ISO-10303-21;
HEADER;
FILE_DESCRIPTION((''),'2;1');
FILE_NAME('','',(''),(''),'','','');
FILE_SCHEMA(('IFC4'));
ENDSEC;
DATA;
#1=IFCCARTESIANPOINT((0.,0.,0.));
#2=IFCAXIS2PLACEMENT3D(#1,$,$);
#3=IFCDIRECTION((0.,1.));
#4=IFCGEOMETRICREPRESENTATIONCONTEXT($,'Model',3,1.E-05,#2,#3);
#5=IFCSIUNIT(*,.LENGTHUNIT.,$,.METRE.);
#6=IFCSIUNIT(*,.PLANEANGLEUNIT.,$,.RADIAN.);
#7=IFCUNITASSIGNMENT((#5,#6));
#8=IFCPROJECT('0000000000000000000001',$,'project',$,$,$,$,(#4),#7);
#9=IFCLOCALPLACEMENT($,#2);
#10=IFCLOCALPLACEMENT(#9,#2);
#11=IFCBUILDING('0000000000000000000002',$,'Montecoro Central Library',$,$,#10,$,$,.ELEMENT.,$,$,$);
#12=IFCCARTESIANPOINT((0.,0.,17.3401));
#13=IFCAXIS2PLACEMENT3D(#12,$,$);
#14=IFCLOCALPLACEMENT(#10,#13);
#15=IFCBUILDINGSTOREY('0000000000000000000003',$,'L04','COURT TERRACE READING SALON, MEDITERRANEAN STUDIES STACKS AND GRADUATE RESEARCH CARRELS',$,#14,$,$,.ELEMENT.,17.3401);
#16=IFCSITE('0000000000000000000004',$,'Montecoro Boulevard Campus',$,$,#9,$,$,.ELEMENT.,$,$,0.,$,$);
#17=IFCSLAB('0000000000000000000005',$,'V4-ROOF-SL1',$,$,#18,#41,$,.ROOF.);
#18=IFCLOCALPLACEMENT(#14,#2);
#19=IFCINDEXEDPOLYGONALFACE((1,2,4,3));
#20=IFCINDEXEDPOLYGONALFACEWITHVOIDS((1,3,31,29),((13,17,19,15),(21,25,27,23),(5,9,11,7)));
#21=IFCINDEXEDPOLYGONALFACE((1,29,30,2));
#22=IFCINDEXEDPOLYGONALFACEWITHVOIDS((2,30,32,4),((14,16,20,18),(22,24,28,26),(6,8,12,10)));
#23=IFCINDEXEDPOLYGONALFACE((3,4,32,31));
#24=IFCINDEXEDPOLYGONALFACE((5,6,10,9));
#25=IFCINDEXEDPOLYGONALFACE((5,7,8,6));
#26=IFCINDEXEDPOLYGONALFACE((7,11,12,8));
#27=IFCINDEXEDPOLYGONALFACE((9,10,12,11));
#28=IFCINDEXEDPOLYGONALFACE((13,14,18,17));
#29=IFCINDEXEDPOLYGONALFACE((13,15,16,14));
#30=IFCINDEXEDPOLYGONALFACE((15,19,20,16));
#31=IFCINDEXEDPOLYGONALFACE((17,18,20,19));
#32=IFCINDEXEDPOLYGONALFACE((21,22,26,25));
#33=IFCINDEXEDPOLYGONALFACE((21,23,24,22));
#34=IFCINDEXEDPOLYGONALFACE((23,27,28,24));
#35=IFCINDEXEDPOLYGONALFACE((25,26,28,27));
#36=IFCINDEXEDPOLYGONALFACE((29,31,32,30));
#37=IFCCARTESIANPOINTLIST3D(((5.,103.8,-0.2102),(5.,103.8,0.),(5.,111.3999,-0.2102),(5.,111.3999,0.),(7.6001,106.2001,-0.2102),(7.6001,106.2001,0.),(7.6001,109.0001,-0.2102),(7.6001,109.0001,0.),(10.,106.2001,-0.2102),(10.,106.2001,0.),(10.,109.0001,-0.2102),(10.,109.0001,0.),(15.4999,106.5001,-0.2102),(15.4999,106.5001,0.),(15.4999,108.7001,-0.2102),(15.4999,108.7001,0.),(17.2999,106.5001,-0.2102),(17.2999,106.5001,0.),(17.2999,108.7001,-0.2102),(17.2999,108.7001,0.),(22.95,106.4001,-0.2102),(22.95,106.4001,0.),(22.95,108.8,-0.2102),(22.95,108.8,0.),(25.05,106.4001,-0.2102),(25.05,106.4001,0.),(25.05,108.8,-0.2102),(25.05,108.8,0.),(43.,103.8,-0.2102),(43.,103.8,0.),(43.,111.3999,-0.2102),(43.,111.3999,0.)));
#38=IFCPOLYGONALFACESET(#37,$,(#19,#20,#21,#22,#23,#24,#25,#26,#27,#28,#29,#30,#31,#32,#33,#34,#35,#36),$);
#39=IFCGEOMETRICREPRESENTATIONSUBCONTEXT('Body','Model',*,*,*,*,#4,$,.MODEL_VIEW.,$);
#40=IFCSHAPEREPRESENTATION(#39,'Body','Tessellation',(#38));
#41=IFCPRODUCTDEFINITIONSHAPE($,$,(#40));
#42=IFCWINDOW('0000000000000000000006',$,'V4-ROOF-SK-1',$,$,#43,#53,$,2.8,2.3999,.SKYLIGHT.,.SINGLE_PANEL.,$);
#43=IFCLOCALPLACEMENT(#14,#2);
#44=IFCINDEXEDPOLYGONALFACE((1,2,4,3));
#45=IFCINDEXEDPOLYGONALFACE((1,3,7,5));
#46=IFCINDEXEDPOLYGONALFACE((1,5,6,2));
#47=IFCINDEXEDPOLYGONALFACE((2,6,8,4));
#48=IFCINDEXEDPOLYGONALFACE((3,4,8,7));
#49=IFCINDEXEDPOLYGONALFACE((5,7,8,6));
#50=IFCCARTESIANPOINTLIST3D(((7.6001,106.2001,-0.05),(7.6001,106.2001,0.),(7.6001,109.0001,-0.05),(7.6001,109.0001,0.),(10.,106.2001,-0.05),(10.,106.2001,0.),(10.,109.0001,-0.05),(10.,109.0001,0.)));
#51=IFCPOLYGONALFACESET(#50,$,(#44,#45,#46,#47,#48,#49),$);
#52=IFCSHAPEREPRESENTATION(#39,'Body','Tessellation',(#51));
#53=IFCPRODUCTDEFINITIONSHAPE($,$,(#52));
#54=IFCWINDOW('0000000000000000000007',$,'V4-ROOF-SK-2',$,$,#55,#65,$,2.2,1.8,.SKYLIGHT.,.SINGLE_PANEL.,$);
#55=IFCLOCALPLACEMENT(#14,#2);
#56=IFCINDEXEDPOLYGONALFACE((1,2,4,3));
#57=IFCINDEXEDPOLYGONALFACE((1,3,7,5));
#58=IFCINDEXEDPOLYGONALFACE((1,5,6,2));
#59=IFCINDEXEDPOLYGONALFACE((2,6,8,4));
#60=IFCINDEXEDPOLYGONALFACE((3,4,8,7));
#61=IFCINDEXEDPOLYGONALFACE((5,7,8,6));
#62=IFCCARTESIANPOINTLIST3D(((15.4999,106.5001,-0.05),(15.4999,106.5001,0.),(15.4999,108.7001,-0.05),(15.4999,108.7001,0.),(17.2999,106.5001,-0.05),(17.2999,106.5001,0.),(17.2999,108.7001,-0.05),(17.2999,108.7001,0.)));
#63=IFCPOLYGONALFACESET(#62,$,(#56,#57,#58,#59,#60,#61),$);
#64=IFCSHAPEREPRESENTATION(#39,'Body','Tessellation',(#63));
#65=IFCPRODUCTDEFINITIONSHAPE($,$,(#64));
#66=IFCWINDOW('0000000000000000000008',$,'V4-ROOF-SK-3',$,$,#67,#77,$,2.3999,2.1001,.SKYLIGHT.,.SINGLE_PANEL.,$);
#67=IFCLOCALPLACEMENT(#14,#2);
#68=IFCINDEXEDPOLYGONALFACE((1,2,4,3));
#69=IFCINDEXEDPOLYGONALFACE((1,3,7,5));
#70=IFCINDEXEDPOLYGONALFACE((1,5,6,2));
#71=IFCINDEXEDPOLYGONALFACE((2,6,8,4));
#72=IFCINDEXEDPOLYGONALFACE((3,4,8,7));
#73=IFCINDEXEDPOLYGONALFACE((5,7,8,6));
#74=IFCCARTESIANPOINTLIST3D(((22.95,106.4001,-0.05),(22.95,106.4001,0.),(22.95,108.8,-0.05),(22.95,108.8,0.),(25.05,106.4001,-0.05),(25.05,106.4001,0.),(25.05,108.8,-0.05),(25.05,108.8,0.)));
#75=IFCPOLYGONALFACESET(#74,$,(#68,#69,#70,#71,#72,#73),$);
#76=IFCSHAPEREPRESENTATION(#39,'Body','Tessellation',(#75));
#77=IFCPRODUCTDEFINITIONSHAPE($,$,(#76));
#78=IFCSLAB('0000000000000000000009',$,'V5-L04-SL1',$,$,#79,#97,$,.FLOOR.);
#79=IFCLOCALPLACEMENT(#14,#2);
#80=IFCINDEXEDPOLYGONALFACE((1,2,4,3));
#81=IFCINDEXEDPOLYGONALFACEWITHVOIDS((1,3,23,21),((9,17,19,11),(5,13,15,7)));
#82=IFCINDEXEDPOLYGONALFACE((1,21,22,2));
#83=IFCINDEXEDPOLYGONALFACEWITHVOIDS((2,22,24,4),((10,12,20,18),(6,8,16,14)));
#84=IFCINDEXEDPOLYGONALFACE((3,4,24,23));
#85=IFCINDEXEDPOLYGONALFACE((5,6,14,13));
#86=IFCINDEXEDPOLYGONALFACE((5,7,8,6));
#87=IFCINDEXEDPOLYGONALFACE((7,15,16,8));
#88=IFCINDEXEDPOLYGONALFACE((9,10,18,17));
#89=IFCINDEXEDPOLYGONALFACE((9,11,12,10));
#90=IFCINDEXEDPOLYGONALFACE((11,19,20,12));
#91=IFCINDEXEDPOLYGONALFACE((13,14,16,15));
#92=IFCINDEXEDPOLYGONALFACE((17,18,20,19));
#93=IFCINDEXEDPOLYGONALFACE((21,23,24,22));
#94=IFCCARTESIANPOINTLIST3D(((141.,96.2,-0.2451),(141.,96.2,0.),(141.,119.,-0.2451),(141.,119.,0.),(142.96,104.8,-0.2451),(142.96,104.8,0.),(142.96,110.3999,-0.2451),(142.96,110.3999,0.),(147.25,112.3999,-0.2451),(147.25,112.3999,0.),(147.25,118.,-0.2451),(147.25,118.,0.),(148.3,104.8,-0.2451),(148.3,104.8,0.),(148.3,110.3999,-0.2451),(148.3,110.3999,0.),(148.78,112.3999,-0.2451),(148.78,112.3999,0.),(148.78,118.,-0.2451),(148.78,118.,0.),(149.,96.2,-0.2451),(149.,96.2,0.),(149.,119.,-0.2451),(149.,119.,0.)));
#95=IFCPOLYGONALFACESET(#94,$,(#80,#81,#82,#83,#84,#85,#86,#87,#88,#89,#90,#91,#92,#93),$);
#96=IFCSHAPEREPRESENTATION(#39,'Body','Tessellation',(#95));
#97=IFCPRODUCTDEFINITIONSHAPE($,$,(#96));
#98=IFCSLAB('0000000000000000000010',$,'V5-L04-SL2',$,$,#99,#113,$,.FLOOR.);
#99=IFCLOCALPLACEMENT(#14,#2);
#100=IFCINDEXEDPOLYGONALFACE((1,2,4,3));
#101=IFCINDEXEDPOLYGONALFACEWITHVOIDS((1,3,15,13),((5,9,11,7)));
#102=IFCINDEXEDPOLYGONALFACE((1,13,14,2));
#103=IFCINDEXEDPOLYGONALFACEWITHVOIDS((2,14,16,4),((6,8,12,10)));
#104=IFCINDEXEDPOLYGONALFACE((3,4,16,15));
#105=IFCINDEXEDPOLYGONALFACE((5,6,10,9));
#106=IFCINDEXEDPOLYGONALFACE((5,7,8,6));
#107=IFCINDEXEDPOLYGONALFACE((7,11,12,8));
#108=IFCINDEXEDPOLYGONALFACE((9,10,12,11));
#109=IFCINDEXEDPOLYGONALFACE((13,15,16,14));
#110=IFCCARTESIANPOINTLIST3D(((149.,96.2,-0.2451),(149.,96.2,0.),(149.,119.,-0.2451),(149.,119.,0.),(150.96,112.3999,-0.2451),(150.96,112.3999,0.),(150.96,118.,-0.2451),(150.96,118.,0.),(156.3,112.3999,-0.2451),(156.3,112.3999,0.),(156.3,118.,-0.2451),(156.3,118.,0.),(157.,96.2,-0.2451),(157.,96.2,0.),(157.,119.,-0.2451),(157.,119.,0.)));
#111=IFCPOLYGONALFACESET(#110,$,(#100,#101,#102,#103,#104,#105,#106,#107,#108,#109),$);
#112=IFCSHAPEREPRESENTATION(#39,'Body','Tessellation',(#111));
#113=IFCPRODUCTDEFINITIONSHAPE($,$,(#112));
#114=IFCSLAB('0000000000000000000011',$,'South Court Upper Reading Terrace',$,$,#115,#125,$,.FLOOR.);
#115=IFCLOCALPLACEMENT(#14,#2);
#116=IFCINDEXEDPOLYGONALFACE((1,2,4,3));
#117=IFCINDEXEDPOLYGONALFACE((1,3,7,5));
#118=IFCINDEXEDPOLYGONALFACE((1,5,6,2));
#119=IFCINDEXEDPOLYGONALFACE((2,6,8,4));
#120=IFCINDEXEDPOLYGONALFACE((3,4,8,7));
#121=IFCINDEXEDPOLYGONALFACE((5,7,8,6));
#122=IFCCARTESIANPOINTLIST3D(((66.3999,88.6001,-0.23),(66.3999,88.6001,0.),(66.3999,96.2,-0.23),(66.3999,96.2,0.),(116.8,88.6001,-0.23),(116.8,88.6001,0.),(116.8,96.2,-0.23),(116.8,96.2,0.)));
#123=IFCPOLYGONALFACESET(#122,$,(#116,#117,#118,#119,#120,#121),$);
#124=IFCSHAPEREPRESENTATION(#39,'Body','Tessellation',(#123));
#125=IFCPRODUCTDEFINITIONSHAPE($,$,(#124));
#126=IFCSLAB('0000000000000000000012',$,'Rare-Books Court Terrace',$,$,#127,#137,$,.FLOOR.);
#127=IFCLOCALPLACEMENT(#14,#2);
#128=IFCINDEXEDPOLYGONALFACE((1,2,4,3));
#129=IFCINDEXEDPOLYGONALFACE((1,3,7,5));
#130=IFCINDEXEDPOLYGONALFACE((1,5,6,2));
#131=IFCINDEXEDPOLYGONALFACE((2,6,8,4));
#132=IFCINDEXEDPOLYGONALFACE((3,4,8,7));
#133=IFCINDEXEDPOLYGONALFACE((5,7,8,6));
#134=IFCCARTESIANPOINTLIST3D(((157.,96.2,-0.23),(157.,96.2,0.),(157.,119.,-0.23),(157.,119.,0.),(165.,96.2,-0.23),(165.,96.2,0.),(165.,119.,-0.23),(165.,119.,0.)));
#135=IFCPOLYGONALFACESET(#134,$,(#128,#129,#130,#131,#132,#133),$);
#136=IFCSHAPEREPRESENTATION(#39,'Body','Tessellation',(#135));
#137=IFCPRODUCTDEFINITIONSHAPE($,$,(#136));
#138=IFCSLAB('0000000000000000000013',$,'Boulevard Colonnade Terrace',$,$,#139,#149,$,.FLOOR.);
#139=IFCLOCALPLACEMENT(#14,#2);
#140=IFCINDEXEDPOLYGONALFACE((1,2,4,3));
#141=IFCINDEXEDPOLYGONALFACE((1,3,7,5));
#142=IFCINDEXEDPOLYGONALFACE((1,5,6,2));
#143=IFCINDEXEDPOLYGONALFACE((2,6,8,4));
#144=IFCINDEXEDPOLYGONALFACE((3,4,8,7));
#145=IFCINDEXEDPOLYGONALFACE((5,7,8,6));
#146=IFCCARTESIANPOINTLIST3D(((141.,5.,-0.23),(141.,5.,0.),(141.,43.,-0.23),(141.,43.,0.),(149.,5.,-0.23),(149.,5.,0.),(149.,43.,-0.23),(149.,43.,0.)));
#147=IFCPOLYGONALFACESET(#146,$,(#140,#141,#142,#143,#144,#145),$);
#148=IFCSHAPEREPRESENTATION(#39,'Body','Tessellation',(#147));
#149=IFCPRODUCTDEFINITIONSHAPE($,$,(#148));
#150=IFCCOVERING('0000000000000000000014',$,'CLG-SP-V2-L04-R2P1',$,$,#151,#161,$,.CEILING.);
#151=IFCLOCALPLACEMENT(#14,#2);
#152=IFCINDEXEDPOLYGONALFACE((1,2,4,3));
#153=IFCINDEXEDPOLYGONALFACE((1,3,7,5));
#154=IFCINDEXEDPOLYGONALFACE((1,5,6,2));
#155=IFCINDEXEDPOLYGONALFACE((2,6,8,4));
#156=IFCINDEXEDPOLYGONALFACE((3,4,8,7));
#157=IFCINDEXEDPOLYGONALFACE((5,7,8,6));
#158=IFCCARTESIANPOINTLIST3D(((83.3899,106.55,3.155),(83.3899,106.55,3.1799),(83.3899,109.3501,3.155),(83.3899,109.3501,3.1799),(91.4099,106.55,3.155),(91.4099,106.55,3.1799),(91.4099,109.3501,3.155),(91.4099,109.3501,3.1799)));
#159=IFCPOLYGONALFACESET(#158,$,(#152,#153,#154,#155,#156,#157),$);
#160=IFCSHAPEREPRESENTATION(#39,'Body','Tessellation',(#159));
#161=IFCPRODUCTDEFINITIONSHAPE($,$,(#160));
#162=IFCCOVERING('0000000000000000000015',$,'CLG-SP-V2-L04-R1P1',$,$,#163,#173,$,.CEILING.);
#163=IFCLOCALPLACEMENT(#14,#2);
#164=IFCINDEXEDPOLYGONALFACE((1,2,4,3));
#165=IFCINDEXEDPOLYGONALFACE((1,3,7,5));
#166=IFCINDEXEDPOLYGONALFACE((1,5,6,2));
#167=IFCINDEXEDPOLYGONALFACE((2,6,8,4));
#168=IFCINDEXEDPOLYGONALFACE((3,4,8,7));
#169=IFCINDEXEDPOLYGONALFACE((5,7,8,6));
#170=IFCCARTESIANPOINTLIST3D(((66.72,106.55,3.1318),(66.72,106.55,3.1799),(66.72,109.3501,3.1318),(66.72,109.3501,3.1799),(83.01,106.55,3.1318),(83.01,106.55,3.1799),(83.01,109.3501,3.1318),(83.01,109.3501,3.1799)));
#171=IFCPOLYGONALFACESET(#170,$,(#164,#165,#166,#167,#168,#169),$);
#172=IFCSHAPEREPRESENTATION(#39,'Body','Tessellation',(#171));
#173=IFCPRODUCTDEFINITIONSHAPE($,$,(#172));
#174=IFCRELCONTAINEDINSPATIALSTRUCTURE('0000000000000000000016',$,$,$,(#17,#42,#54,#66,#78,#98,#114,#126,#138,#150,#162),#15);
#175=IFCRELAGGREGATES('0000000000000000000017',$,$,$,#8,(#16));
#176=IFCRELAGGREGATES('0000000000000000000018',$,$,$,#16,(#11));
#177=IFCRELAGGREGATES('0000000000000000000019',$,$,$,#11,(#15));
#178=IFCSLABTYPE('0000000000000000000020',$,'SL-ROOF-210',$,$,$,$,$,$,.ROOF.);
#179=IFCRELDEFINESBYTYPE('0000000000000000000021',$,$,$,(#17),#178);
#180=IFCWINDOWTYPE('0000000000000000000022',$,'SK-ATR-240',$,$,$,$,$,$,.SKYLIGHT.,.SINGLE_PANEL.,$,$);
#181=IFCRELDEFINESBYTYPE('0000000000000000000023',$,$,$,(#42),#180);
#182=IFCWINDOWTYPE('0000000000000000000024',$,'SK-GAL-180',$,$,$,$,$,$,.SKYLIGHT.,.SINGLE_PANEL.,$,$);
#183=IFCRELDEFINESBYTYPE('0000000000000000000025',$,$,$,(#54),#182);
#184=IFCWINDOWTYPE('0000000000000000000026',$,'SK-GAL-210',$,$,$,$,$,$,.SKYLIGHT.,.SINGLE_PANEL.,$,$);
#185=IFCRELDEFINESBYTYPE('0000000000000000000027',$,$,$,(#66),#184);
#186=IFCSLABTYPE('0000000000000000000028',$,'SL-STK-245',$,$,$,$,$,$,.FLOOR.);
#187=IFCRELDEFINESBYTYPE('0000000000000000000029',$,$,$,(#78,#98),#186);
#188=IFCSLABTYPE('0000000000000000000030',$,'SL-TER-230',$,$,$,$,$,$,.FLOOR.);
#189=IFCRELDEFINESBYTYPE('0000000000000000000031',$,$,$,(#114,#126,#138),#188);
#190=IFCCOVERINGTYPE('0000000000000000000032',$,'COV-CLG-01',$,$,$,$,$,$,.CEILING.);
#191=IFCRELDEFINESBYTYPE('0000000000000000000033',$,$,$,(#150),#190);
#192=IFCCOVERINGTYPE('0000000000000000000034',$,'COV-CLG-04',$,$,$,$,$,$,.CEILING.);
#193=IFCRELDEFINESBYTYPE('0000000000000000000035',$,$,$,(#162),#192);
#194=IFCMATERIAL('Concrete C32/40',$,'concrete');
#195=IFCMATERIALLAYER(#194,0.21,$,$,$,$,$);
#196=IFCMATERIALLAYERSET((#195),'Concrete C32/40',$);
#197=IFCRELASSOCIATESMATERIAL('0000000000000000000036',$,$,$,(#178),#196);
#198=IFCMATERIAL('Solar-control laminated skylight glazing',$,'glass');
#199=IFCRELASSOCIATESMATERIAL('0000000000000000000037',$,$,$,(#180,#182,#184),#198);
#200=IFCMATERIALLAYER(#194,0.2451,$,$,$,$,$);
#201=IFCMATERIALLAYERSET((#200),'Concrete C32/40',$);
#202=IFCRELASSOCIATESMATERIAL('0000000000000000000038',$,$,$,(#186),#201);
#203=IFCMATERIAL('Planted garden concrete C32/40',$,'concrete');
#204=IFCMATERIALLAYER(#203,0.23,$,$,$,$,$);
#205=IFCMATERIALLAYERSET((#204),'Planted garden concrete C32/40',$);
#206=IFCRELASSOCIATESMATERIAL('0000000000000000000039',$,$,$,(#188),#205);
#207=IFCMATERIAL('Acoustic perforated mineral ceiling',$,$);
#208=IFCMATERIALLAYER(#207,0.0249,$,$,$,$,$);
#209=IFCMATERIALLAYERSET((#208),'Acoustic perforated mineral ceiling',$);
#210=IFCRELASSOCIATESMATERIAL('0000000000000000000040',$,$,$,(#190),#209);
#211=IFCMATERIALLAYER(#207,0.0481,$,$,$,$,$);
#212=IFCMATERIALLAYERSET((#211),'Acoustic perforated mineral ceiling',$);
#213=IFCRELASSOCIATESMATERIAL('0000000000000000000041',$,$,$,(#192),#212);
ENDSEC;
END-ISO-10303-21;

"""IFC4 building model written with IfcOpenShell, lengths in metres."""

from ifc_helpers import new_model, si_unit, direction, frame, origin, origin_2d, place, context, subcontext, project, spatial, polyline, rectangle, outline, extrude, material, layer, layer_set, type_object, element, fill, save


model = new_model("IFC4")

# Units and contexts
model_context = context("Model", 3, precision=1e-05, world=origin(), true_north=direction((0.0, 1.0)))
body_context = subcontext(model_context, "Body", "Model", "MODEL_VIEW")
ifc_project = project(units=[si_unit("LENGTHUNIT", "METRE"), si_unit("PLANEANGLEUNIT", "RADIAN")], contexts=[model_context])

# Site, building, storey
site_placement = place(None, origin())
site = spatial("IfcSite", under=ifc_project, at=site_placement, Name="Montecoro Boulevard Campus", CompositionType="ELEMENT", RefElevation=0.0)
building_placement = place(site_placement, origin())
building = spatial("IfcBuilding", under=site, at=building_placement, Name="Montecoro Central Library", CompositionType="ELEMENT")
storey_placement = place(building_placement, frame((0.0, 0.0, 17.3401)))
storey = spatial("IfcBuildingStorey", under=building, at=storey_placement, Name="L04", Description="COURT TERRACE READING SALON, MEDITERRANEAN STUDIES STACKS AND GRADUATE RESEARCH CARRELS", CompositionType="ELEMENT", Elevation=17.3401)

# Shared definitions
ifc_material_1 = material(Name="Concrete C32/40", Category="concrete")

# Slab, openings, windows
ifc_layer_1 = layer(ifc_material_1, 0.21)
ifc_layer_set_1 = layer_set([ifc_layer_1], Name="Concrete C32/40")
slab_type_1 = type_object("IfcSlabType", Name="SL-ROOF-210", PredefinedType="ROOF", material=ifc_layer_set_1)
slab_1_placement = place(storey_placement, frame((0.0, 0.0, -0.2102)))
slab_1 = element("IfcSlab", 1, at=slab_1_placement, inside=storey, type_object=slab_type_1, Name="V4-ROOF-SL1", PredefinedType="ROOF", context=body_context, shape_type="SweptSolid", body=[
    extrude(outline(polyline([(5.0, 103.8), (43.0, 103.8), (43.0, 111.3999), (5.0, 111.3999), (5.0, 103.8)])), origin(), (0.0, 0.0, 1.0), 0.2102),
])
opening_1_placement = place(slab_1_placement, frame((8.8, 107.6001, 0.0)))
opening_1 = element("IfcOpeningElement", 2, at=opening_1_placement, cuts=slab_1, PredefinedType="OPENING", context=body_context, shape_type="SweptSolid", body=[
    extrude(rectangle(XDim=2.3999, YDim=2.8, at=origin_2d()), frame((0.0, 0.0, -0.01)), (0.0, 0.0, 1.0), 0.2302),
])
opening_2_placement = place(slab_1_placement, frame((16.3999, 107.6001, 0.0)))
opening_2 = element("IfcOpeningElement", 3, at=opening_2_placement, cuts=slab_1, PredefinedType="OPENING", context=body_context, shape_type="SweptSolid", body=[
    extrude(rectangle(XDim=1.8, YDim=2.2, at=origin_2d()), frame((0.0, 0.0, -0.01)), (0.0, 0.0, 1.0), 0.2302),
])
opening_3_placement = place(slab_1_placement, frame((24.0, 107.6001, 0.0)))
opening_3 = element("IfcOpeningElement", 4, at=opening_3_placement, cuts=slab_1, PredefinedType="OPENING", context=body_context, shape_type="SweptSolid", body=[
    extrude(rectangle(XDim=2.1001, YDim=2.3999, at=origin_2d()), frame((0.0, 0.0, -0.01)), (0.0, 0.0, 1.0), 0.2302),
])
ifc_material_2 = material(Name="Solar-control laminated skylight glazing", Category="glass")
window_type_1 = type_object("IfcWindowType", Name="SK-ATR-240", PartitioningType="SINGLE_PANEL", PredefinedType="SKYLIGHT", material=ifc_material_2)
window_1_placement = place(opening_1_placement, frame((0.0, 0.0, 0.1602)))
window_1 = element("IfcWindow", 5, at=window_1_placement, inside=storey, type_object=window_type_1, Name="V4-ROOF-SK-1", OverallHeight=2.8, OverallWidth=2.3999, PartitioningType="SINGLE_PANEL", PredefinedType="SKYLIGHT", context=body_context, shape_type="SweptSolid", body=[
    extrude(rectangle(XDim=2.3999, YDim=2.8, at=origin_2d()), origin(), (0.0, 0.0, 1.0), 0.05),
])
fill(opening_1, window_1)
window_type_2 = type_object("IfcWindowType", Name="SK-GAL-180", PartitioningType="SINGLE_PANEL", PredefinedType="SKYLIGHT", material=ifc_material_2)
window_2_placement = place(opening_2_placement, frame((0.0, 0.0, 0.1602)))
window_2 = element("IfcWindow", 6, at=window_2_placement, inside=storey, type_object=window_type_2, Name="V4-ROOF-SK-2", OverallHeight=2.2, OverallWidth=1.8, PartitioningType="SINGLE_PANEL", PredefinedType="SKYLIGHT", context=body_context, shape_type="SweptSolid", body=[
    extrude(rectangle(XDim=1.8, YDim=2.2, at=origin_2d()), origin(), (0.0, 0.0, 1.0), 0.05),
])
fill(opening_2, window_2)
window_type_3 = type_object("IfcWindowType", Name="SK-GAL-210", PartitioningType="SINGLE_PANEL", PredefinedType="SKYLIGHT", material=ifc_material_2)
window_3_placement = place(opening_3_placement, frame((0.0, 0.0, 0.1602)))
window_3 = element("IfcWindow", 7, at=window_3_placement, inside=storey, type_object=window_type_3, Name="V4-ROOF-SK-3", OverallHeight=2.3999, OverallWidth=2.1001, PartitioningType="SINGLE_PANEL", PredefinedType="SKYLIGHT", context=body_context, shape_type="SweptSolid", body=[
    extrude(rectangle(XDim=2.1001, YDim=2.3999, at=origin_2d()), origin(), (0.0, 0.0, 1.0), 0.05),
])
fill(opening_3, window_3)

# Slabs
ifc_layer_2 = layer(ifc_material_1, 0.2451)
ifc_layer_set_2 = layer_set([ifc_layer_2], Name="Concrete C32/40")
slab_type_2 = type_object("IfcSlabType", Name="SL-STK-245", PredefinedType="FLOOR", material=ifc_layer_set_2)
slab_2_placement = place(storey_placement, frame((0.0, 0.0, -0.2451)))
element("IfcSlab", 8, at=slab_2_placement, inside=storey, type_object=slab_type_2, Name="V5-L04-SL1", PredefinedType="FLOOR", context=body_context, shape_type="SweptSolid", body=[
    extrude(outline(polyline([(141.0, 96.2), (149.0, 96.2), (149.0, 119.0), (141.0, 119.0), (141.0, 96.2)]), holes=[polyline([(147.25, 118.0), (148.78, 118.0), (148.78, 112.3999), (147.25, 112.3999), (147.25, 118.0)]), polyline([(142.96, 110.3999), (148.3, 110.3999), (148.3, 104.8), (142.96, 104.8), (142.96, 110.3999)])]), origin(), (0.0, 0.0, 1.0), 0.2451),
])
slab_3_placement = place(storey_placement, frame((0.0, 0.0, -0.2451)))
element("IfcSlab", 9, at=slab_3_placement, inside=storey, type_object=slab_type_2, Name="V5-L04-SL2", PredefinedType="FLOOR", context=body_context, shape_type="SweptSolid", body=[
    extrude(outline(polyline([(149.0, 96.2), (157.0, 96.2), (157.0, 119.0), (149.0, 119.0), (149.0, 96.2)]), holes=[polyline([(150.96, 118.0), (156.3, 118.0), (156.3, 112.3999), (150.96, 112.3999), (150.96, 118.0)])]), origin(), (0.0, 0.0, 1.0), 0.2451),
])
ifc_material_3 = material(Name="Planted garden concrete C32/40", Category="concrete")
ifc_layer_3 = layer(ifc_material_3, 0.23)
ifc_layer_set_3 = layer_set([ifc_layer_3], Name="Planted garden concrete C32/40")
slab_type_3 = type_object("IfcSlabType", Name="SL-TER-230", PredefinedType="FLOOR", material=ifc_layer_set_3)
slab_4_placement = place(storey_placement, frame((0.0, 0.0, -0.23)))
element("IfcSlab", 10, at=slab_4_placement, inside=storey, type_object=slab_type_3, Name="South Court Upper Reading Terrace", PredefinedType="FLOOR", context=body_context, shape_type="SweptSolid", body=[
    extrude(outline(polyline([(66.3999, 88.6001), (116.8, 88.6001), (116.8, 96.2), (66.3999, 96.2), (66.3999, 88.6001)])), origin(), (0.0, 0.0, 1.0), 0.23),
])
slab_5_placement = place(storey_placement, frame((0.0, 0.0, -0.23)))
element("IfcSlab", 11, at=slab_5_placement, inside=storey, type_object=slab_type_3, Name="Rare-Books Court Terrace", PredefinedType="FLOOR", context=body_context, shape_type="SweptSolid", body=[
    extrude(outline(polyline([(157.0, 96.2), (165.0, 96.2), (165.0, 119.0), (157.0, 119.0), (157.0, 96.2)])), origin(), (0.0, 0.0, 1.0), 0.23),
])
slab_6_placement = place(storey_placement, frame((0.0, 0.0, -0.23)))
element("IfcSlab", 12, at=slab_6_placement, inside=storey, type_object=slab_type_3, Name="Boulevard Colonnade Terrace", PredefinedType="FLOOR", context=body_context, shape_type="SweptSolid", body=[
    extrude(outline(polyline([(141.0, 5.0), (149.0, 5.0), (149.0, 43.0), (141.0, 43.0), (141.0, 5.0)])), origin(), (0.0, 0.0, 1.0), 0.23),
])

# Coverings
ifc_material_4 = material(Name="Acoustic perforated mineral ceiling")
ifc_layer_4 = layer(ifc_material_4, 0.0249)
ifc_layer_set_4 = layer_set([ifc_layer_4], Name="Acoustic perforated mineral ceiling")
covering_type_1 = type_object("IfcCoveringType", Name="COV-CLG-01", PredefinedType="CEILING", material=ifc_layer_set_4)
covering_1_placement = place(storey_placement, frame((0.0, 0.0, 3.155)))
element("IfcCovering", 13, at=covering_1_placement, inside=storey, type_object=covering_type_1, Name="CLG-SP-V2-L04-R2P1", PredefinedType="CEILING", context=body_context, shape_type="SweptSolid", body=[
    extrude(outline(polyline([(83.3899, 106.55), (91.4099, 106.55), (91.4099, 109.3501), (83.3899, 109.3501), (83.3899, 106.55)])), origin(), (0.0, 0.0, 1.0), 0.0249),
])
ifc_layer_5 = layer(ifc_material_4, 0.0481)
ifc_layer_set_5 = layer_set([ifc_layer_5], Name="Acoustic perforated mineral ceiling")
covering_type_2 = type_object("IfcCoveringType", Name="COV-CLG-04", PredefinedType="CEILING", material=ifc_layer_set_5)
covering_2_placement = place(storey_placement, frame((0.0, 0.0, 3.1318)))
element("IfcCovering", 14, at=covering_2_placement, inside=storey, type_object=covering_type_2, Name="CLG-SP-V2-L04-R1P1", PredefinedType="CEILING", context=body_context, shape_type="SweptSolid", body=[
    extrude(outline(polyline([(66.72, 106.55), (83.01, 106.55), (83.01, 109.3501), (66.72, 109.3501), (66.72, 106.55)])), origin(), (0.0, 0.0, 1.0), 0.0481),
])

save(model, "model.ifc")
